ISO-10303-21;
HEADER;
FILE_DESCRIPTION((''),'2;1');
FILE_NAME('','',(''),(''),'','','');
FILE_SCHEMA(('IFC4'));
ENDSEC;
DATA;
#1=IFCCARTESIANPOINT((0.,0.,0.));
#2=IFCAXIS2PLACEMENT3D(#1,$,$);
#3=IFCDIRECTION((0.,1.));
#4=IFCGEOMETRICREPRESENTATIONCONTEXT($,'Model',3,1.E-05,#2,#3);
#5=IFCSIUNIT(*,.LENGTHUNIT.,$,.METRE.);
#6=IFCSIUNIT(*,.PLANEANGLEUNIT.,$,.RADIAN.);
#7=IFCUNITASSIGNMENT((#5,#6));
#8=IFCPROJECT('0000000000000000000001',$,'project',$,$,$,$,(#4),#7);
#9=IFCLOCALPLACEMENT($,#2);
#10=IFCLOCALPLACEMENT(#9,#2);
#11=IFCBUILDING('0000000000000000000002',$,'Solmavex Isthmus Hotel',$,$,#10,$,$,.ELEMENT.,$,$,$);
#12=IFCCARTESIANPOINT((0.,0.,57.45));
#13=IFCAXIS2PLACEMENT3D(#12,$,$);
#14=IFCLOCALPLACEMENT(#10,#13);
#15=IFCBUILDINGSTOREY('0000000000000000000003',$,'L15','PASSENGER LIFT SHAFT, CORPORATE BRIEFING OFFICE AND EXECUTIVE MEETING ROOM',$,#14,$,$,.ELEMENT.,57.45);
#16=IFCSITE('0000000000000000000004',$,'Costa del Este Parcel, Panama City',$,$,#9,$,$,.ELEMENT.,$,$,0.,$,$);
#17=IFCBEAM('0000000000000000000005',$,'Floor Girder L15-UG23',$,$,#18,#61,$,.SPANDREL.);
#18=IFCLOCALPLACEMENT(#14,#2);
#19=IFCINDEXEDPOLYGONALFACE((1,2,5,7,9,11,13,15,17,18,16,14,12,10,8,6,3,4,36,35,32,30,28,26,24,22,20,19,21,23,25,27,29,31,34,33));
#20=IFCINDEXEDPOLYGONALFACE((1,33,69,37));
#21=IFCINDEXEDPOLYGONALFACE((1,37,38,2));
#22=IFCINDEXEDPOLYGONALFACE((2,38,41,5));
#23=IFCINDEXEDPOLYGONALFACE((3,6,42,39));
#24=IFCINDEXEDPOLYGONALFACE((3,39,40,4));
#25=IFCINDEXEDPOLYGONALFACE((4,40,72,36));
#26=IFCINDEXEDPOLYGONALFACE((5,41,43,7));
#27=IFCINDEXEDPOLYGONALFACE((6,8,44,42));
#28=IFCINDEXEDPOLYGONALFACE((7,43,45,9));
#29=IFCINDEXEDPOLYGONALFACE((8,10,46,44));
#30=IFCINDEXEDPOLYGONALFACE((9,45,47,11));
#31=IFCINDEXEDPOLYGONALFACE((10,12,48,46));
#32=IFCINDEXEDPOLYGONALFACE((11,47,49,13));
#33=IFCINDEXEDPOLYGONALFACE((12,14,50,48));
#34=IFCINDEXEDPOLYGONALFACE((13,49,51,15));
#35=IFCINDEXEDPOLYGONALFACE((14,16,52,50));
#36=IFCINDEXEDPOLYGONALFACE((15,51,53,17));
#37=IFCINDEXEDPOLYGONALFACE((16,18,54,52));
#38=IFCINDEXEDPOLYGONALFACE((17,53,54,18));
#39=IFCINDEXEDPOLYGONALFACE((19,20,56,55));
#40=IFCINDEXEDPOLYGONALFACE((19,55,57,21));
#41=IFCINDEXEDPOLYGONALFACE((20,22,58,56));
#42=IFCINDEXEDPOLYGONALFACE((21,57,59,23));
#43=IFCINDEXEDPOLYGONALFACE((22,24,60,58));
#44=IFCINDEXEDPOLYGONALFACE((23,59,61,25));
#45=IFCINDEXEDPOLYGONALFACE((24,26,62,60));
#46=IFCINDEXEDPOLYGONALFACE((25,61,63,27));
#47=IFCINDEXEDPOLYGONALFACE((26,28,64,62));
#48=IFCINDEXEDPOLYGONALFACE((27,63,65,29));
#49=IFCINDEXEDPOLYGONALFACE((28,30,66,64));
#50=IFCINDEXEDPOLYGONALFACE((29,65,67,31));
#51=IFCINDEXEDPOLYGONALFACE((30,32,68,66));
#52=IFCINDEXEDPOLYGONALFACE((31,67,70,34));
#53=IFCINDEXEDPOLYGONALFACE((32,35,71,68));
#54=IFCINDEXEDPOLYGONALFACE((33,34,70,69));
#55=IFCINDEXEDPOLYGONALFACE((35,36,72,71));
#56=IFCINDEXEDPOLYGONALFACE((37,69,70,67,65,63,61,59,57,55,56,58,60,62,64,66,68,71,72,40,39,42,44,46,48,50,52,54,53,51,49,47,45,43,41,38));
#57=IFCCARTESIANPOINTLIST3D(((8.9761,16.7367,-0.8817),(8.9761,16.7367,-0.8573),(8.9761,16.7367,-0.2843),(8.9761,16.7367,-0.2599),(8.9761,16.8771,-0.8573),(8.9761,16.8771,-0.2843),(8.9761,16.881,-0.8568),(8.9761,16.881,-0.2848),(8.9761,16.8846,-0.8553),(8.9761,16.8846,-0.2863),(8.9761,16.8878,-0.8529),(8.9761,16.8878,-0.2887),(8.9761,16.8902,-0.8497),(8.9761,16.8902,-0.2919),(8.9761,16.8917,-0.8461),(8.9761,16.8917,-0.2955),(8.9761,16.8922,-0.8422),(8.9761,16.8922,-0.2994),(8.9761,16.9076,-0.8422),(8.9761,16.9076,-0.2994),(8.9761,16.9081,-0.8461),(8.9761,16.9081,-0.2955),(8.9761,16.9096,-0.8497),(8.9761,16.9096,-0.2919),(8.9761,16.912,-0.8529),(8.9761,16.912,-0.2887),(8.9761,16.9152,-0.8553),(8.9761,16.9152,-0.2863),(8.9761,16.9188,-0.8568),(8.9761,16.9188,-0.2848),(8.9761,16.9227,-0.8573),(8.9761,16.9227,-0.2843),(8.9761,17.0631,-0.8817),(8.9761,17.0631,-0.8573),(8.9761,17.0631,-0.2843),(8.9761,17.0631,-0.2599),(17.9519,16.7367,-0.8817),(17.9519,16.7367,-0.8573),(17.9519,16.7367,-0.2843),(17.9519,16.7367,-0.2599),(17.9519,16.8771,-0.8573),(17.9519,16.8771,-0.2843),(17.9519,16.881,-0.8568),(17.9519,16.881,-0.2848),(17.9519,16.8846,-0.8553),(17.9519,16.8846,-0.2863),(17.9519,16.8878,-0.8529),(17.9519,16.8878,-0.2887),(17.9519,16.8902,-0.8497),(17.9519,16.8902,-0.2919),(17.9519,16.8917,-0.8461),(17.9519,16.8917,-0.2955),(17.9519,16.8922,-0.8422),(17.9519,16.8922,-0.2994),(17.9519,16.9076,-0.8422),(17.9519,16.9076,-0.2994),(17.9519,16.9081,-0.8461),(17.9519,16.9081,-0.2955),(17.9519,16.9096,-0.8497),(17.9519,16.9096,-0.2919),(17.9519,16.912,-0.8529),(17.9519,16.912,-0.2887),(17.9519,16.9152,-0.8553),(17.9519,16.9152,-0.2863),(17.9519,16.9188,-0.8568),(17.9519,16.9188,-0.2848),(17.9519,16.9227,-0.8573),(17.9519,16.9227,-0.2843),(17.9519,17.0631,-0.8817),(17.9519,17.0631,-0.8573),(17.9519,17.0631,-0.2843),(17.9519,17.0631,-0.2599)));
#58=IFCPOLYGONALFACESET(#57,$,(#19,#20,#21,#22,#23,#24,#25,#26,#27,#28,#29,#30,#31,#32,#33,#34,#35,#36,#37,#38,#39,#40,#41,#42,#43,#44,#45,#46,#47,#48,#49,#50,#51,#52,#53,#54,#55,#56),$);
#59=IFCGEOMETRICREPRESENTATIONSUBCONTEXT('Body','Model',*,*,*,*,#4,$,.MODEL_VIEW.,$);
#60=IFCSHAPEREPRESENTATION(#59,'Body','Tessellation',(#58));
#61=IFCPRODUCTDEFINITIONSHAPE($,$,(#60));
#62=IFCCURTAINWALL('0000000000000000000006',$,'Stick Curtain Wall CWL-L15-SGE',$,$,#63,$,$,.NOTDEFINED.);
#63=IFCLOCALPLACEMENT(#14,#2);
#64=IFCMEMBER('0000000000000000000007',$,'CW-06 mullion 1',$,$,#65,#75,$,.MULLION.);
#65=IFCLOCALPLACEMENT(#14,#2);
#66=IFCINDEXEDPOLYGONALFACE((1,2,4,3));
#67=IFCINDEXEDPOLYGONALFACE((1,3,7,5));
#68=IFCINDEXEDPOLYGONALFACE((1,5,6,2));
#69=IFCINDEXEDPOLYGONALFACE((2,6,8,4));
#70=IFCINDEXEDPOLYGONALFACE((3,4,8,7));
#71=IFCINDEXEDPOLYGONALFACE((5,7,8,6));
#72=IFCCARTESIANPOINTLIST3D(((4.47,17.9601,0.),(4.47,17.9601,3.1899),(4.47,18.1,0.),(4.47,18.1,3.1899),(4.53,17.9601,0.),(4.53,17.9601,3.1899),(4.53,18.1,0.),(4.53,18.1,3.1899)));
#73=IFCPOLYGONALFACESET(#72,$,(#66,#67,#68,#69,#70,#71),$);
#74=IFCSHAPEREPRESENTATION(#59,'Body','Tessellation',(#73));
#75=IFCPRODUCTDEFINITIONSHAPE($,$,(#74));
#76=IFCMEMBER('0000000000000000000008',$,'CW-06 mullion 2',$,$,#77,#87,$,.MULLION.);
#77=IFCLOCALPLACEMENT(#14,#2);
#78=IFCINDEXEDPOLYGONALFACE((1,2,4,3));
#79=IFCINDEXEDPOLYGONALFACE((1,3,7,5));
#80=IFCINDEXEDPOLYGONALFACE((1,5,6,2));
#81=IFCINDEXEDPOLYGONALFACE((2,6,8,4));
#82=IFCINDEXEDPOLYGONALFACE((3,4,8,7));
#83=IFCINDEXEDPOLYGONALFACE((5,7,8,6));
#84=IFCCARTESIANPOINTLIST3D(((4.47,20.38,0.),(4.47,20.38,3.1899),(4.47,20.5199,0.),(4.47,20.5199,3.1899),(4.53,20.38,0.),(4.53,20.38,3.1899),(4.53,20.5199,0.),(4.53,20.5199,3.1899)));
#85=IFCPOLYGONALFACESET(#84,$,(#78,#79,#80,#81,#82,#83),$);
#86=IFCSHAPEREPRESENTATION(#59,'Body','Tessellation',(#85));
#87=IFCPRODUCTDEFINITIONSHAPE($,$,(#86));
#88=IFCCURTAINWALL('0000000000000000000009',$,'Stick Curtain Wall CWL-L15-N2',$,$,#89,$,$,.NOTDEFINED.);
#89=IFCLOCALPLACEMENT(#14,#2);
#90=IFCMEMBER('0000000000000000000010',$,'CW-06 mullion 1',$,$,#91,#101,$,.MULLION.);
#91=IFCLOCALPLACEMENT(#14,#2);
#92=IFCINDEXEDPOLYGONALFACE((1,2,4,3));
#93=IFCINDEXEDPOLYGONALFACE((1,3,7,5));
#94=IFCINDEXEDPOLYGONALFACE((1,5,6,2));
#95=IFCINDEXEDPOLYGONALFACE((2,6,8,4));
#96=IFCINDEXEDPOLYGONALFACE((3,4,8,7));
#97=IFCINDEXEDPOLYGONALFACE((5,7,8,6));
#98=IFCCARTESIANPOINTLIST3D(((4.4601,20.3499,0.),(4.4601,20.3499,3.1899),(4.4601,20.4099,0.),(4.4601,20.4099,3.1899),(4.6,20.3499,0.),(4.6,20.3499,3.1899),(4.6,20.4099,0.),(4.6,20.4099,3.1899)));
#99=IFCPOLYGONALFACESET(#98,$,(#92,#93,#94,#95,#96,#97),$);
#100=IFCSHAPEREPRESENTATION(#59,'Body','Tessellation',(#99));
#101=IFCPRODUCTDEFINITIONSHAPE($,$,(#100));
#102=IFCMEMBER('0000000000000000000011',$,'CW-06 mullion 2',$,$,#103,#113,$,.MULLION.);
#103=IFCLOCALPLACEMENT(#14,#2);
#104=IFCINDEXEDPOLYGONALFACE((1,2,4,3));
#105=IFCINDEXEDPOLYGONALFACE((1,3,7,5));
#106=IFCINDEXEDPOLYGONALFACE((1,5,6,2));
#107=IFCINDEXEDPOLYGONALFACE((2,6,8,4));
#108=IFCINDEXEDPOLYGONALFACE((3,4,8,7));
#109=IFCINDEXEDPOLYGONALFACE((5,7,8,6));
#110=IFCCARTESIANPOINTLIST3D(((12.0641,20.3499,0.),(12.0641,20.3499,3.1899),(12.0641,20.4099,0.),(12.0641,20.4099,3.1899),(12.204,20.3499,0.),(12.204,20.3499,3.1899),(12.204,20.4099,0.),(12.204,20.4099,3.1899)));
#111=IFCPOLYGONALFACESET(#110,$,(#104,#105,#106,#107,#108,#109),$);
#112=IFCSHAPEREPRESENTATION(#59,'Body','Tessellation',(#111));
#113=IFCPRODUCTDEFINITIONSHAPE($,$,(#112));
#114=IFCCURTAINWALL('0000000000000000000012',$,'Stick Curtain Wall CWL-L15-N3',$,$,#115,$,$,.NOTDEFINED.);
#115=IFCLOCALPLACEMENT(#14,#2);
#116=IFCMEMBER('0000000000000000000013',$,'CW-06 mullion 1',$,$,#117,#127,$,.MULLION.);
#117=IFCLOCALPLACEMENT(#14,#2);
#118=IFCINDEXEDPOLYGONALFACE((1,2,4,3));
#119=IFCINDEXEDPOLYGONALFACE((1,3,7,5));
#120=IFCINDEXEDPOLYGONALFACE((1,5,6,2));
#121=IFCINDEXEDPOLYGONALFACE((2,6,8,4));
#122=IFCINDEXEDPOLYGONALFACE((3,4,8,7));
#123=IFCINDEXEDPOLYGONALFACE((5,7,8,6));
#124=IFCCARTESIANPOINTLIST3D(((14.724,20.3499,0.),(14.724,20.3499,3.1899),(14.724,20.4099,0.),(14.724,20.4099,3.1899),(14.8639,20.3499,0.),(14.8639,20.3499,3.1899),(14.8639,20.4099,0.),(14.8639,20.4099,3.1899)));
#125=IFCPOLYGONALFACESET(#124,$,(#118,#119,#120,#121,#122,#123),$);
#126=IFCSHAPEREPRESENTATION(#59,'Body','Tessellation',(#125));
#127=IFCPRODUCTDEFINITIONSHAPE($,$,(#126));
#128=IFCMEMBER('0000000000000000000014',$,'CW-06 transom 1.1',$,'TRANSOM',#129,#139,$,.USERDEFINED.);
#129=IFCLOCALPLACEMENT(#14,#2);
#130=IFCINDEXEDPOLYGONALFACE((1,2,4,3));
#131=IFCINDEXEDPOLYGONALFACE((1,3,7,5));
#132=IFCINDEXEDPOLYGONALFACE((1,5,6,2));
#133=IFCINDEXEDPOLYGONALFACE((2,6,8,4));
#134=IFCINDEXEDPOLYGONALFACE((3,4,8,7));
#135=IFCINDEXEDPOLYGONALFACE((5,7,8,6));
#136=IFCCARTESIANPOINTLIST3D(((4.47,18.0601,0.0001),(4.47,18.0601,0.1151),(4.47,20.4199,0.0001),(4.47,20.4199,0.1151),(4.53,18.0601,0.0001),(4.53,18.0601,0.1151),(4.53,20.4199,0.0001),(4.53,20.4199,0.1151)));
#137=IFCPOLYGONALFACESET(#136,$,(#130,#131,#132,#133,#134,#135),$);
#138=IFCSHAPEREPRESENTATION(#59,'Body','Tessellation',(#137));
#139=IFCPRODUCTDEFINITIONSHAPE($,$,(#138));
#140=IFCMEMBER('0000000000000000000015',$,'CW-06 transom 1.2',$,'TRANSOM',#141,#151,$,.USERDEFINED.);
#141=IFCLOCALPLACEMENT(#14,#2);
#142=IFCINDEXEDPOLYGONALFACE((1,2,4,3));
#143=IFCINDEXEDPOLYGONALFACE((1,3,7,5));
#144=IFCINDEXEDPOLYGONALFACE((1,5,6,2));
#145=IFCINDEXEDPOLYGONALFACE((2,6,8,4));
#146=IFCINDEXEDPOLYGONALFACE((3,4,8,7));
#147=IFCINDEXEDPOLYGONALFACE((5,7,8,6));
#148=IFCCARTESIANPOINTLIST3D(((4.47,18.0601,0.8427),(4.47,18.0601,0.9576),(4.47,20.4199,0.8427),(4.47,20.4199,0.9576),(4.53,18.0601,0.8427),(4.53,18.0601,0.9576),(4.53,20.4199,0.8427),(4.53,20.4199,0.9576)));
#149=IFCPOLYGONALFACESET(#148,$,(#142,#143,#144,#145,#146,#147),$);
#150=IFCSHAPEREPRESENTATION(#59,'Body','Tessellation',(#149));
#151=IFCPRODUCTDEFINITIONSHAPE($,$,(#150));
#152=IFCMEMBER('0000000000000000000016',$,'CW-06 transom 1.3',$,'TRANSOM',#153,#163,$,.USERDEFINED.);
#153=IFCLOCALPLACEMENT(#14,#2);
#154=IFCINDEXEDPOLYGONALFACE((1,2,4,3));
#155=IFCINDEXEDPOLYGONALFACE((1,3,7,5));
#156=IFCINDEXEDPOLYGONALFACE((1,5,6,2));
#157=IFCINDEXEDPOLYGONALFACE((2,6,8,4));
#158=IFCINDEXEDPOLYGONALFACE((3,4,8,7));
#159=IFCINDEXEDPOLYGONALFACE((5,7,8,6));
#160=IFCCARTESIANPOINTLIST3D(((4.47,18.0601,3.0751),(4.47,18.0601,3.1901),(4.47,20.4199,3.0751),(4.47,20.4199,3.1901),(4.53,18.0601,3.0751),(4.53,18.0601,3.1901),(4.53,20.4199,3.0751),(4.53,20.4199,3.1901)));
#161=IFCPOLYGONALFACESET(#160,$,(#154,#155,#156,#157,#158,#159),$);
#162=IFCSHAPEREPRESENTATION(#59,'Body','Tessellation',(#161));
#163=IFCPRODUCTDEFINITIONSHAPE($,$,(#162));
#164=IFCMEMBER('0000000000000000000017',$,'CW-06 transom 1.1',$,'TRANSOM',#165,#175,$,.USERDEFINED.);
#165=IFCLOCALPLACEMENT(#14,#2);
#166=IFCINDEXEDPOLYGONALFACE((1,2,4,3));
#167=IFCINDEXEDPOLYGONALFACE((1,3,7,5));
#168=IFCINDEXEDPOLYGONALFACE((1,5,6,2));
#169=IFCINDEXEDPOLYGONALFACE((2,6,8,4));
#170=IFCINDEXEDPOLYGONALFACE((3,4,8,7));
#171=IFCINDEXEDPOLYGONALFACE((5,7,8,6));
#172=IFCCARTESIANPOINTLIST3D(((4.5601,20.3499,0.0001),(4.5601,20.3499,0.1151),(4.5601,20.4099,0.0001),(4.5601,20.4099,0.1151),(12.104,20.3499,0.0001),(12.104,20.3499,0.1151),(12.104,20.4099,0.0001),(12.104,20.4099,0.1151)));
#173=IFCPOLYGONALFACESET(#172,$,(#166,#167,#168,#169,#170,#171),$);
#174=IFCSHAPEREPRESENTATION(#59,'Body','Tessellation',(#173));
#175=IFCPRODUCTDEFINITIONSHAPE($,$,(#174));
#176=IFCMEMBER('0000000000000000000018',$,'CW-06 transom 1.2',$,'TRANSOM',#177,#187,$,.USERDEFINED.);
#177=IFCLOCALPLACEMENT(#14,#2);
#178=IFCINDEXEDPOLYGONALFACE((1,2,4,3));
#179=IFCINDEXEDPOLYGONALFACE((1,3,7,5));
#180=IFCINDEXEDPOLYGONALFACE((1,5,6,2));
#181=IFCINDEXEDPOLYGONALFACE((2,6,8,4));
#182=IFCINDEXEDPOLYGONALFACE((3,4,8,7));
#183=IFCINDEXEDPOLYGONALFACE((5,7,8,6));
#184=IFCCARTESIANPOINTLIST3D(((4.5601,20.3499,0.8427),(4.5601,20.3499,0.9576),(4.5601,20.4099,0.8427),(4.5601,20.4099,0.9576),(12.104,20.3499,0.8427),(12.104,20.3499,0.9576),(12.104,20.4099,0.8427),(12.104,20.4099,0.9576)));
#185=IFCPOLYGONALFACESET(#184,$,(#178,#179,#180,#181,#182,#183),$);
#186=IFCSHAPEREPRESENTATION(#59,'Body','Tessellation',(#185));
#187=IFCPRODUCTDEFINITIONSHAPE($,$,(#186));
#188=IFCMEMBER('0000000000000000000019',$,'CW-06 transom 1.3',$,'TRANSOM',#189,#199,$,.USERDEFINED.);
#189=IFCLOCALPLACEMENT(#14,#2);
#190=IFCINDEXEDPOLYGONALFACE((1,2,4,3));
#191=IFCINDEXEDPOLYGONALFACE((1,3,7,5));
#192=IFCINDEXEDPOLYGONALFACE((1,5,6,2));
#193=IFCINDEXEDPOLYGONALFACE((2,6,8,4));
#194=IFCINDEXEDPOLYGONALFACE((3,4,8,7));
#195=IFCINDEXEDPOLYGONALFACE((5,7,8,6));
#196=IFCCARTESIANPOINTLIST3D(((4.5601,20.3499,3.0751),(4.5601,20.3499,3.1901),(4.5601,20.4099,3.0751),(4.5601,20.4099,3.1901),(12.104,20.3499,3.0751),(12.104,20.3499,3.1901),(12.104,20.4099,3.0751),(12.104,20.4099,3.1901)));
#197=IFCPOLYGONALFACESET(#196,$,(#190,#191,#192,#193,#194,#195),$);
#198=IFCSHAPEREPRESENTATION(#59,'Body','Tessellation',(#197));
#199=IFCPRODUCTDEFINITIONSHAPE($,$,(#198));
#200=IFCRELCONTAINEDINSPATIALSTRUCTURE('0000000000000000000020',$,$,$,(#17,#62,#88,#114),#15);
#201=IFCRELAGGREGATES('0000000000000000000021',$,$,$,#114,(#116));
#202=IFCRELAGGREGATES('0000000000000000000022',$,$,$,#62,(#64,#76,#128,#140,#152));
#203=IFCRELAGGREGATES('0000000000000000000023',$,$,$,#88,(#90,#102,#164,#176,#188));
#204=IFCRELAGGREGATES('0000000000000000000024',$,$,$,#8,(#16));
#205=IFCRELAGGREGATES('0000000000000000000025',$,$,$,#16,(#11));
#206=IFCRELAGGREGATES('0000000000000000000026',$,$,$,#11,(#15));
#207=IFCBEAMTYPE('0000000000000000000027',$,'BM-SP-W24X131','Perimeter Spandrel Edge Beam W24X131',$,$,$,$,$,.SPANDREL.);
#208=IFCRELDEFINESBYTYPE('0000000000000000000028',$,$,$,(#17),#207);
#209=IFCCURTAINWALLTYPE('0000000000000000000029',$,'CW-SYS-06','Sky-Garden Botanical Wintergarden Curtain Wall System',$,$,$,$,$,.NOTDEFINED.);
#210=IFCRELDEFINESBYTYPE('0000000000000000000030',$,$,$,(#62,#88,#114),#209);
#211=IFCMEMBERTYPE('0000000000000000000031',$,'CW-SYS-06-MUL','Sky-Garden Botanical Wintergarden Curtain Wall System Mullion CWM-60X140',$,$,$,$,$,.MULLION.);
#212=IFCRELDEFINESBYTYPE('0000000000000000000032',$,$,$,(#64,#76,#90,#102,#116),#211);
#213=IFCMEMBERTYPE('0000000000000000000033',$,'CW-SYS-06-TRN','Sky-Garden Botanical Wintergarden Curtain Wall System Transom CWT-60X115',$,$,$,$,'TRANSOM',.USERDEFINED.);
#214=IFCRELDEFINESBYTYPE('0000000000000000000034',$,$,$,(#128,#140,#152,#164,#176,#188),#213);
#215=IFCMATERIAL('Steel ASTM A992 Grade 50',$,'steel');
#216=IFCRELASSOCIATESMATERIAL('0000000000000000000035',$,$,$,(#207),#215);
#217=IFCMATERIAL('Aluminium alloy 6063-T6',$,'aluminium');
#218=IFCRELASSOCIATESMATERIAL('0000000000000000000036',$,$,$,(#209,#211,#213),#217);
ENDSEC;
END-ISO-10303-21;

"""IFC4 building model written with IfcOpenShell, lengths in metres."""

from ifc_helpers import new_model, si_unit, direction, frame, origin, origin_2d, place, context, subcontext, project, spatial, rectangle, i_section, extrude, material, material_profile, profile_set, type_object, element, aggregate, save


model = new_model("IFC4")

# Units and contexts
model_context = context("Model", 3, precision=1e-05, world=origin(), true_north=direction((0.0, 1.0)))
body_context = subcontext(model_context, "Body", "Model", "MODEL_VIEW")
ifc_project = project(units=[si_unit("LENGTHUNIT", "METRE"), si_unit("PLANEANGLEUNIT", "RADIAN")], contexts=[model_context])

# Site, building, storey
site_placement = place(None, origin())
site = spatial("IfcSite", under=ifc_project, at=site_placement, Name="Costa del Este Parcel, Panama City", CompositionType="ELEMENT", RefElevation=0.0)
building_placement = place(site_placement, origin())
building = spatial("IfcBuilding", under=site, at=building_placement, Name="Solmavex Isthmus Hotel", CompositionType="ELEMENT")
storey_placement = place(building_placement, frame((0.0, 0.0, 57.45)))
storey = spatial("IfcBuildingStorey", under=building, at=storey_placement, Name="L15", Description="PASSENGER LIFT SHAFT, CORPORATE BRIEFING OFFICE AND EXECUTIVE MEETING ROOM", CompositionType="ELEMENT", Elevation=57.45)

# Beam
ifc_material_1 = material(Name="Steel ASTM A992 Grade 50", Category="steel")
ifc_material_profile_1 = material_profile(ifc_material_1, i_section(OverallWidth=0.3264, OverallDepth=0.6218, WebThickness=0.0154, FlangeThickness=0.0244, FilletRadius=0.0151, at=origin_2d()), Name="W24X131")
ifc_profile_set_1 = profile_set([ifc_material_profile_1], Name="Steel ASTM A992 Grade 50")
beam_type = type_object("IfcBeamType", Name="BM-SP-W24X131", Description="Perimeter Spandrel Edge Beam W24X131", PredefinedType="SPANDREL", material=ifc_profile_set_1)
beam_placement = place(storey_placement, frame((8.9761, 16.8999, -0.5708), z_axis=(1.0, 0.0, 0.0), x_axis=(0.0, 1.0, 0.0)))
element("IfcBeam", 1, at=beam_placement, inside=storey, type_object=beam_type, Name="Floor Girder L15-UG23", PredefinedType="SPANDREL", context=body_context, shape_type="SweptSolid", body=[
    extrude(i_section(OverallWidth=0.3264, OverallDepth=0.6218, WebThickness=0.0154, FlangeThickness=0.0244, FilletRadius=0.0151, at=origin_2d()), origin(), (0.0, 0.0, 1.0), 8.9758),
])

# Curtain walls, members
ifc_material_2 = material(Name="Aluminium alloy 6063-T6", Category="aluminium")
curtain_wall_type = type_object("IfcCurtainWallType", Name="CW-SYS-06", Description="Sky-Garden Botanical Wintergarden Curtain Wall System", PredefinedType="NOTDEFINED", material=ifc_material_2)
curtain_wall_1_placement = place(storey_placement, origin())
curtain_wall_1 = element("IfcCurtainWall", 2, at=curtain_wall_1_placement, inside=storey, type_object=curtain_wall_type, Name="Stick Curtain Wall CWL-L15-SGE", PredefinedType="NOTDEFINED")
ifc_material_profile_2 = material_profile(ifc_material_2, rectangle(XDim=0.0601, YDim=0.1399, at=origin_2d()), Name="CWM-60X140")
ifc_profile_set_2 = profile_set([ifc_material_profile_2], Name="Aluminium alloy 6063-T6")
member_type_1 = type_object("IfcMemberType", Name="CW-SYS-06-MUL", Description="Sky-Garden Botanical Wintergarden Curtain Wall System Mullion CWM-60X140", PredefinedType="MULLION", material=ifc_profile_set_2)
member_1_placement = place(storey_placement, frame((4.5, 18.03, 0.0), z_axis=(0.0, 0.0, 1.0), x_axis=(-1.0, 0.0, 0.0)))
member_1 = element("IfcMember", 3, at=member_1_placement, type_object=member_type_1, Name="CW-06 mullion 1", PredefinedType="MULLION", context=body_context, shape_type="SweptSolid", body=[
    extrude(rectangle(XDim=0.0601, YDim=0.1399, at=origin_2d()), origin(), (0.0, 0.0, 1.0), 3.1899),
])
member_2_placement = place(storey_placement, frame((4.5, 20.45, 0.0), z_axis=(0.0, 0.0, 1.0), x_axis=(-1.0, 0.0, 0.0)))
member_2 = element("IfcMember", 4, at=member_2_placement, type_object=member_type_1, Name="CW-06 mullion 2", PredefinedType="MULLION", context=body_context, shape_type="SweptSolid", body=[
    extrude(rectangle(XDim=0.0601, YDim=0.1399, at=origin_2d()), origin(), (0.0, 0.0, 1.0), 3.1899),
])
curtain_wall_2_placement = place(storey_placement, origin())
curtain_wall_2 = element("IfcCurtainWall", 5, at=curtain_wall_2_placement, inside=storey, type_object=curtain_wall_type, Name="Stick Curtain Wall CWL-L15-N2", PredefinedType="NOTDEFINED")
member_3_placement = place(storey_placement, frame((4.53, 20.3799, 0.0), z_axis=(0.0, 0.0, 1.0), x_axis=(0.0, 1.0, 0.0)))
member_3 = element("IfcMember", 6, at=member_3_placement, type_object=member_type_1, Name="CW-06 mullion 1", PredefinedType="MULLION", context=body_context, shape_type="SweptSolid", body=[
    extrude(rectangle(XDim=0.0601, YDim=0.1399, at=origin_2d()), origin(), (0.0, 0.0, 1.0), 3.1899),
])
member_4_placement = place(storey_placement, frame((12.134, 20.3799, 0.0), z_axis=(0.0, 0.0, 1.0), x_axis=(0.0, 1.0, 0.0)))
member_4 = element("IfcMember", 7, at=member_4_placement, type_object=member_type_1, Name="CW-06 mullion 2", PredefinedType="MULLION", context=body_context, shape_type="SweptSolid", body=[
    extrude(rectangle(XDim=0.0601, YDim=0.1399, at=origin_2d()), origin(), (0.0, 0.0, 1.0), 3.1899),
])

# Curtain wall, member
curtain_wall_3_placement = place(storey_placement, origin())
curtain_wall_3 = element("IfcCurtainWall", 8, at=curtain_wall_3_placement, inside=storey, type_object=curtain_wall_type, Name="Stick Curtain Wall CWL-L15-N3", PredefinedType="NOTDEFINED")
member_5_placement = place(storey_placement, frame((14.7939, 20.3799, 0.0), z_axis=(0.0, 0.0, 1.0), x_axis=(0.0, 1.0, 0.0)))
member_5 = element("IfcMember", 9, at=member_5_placement, type_object=member_type_1, Name="CW-06 mullion 1", PredefinedType="MULLION", context=body_context, shape_type="SweptSolid", body=[
    extrude(rectangle(XDim=0.0601, YDim=0.1399, at=origin_2d()), origin(), (0.0, 0.0, 1.0), 3.1899),
])

# Members
ifc_material_profile_3 = material_profile(ifc_material_2, rectangle(XDim=0.0601, YDim=0.115, at=origin_2d()), Name="CWT-60X115")
ifc_profile_set_3 = profile_set([ifc_material_profile_3], Name="Aluminium alloy 6063-T6")
member_type_2 = type_object("IfcMemberType", Name="CW-SYS-06-TRN", Description="Sky-Garden Botanical Wintergarden Curtain Wall System Transom CWT-60X115", ElementType="TRANSOM", PredefinedType="USERDEFINED", material=ifc_profile_set_3)
member_6_placement = place(storey_placement, frame((4.5, 18.0601, 0.0576), z_axis=(0.0, 1.0, 0.0), x_axis=(-1.0, 0.0, 0.0)))
member_6 = element("IfcMember", 10, at=member_6_placement, type_object=member_type_2, Name="CW-06 transom 1.1", ObjectType="TRANSOM", PredefinedType="USERDEFINED", context=body_context, shape_type="SweptSolid", body=[
    extrude(rectangle(XDim=0.0601, YDim=0.115, at=origin_2d()), origin(), (0.0, 0.0, 1.0), 2.3599),
])
member_7_placement = place(storey_placement, frame((4.5, 18.0601, 0.9001), z_axis=(0.0, 1.0, 0.0), x_axis=(-1.0, 0.0, 0.0)))
member_7 = element("IfcMember", 11, at=member_7_placement, type_object=member_type_2, Name="CW-06 transom 1.2", ObjectType="TRANSOM", PredefinedType="USERDEFINED", context=body_context, shape_type="SweptSolid", body=[
    extrude(rectangle(XDim=0.0601, YDim=0.115, at=origin_2d()), origin(), (0.0, 0.0, 1.0), 2.3599),
])
member_8_placement = place(storey_placement, frame((4.5, 18.0601, 3.1326), z_axis=(0.0, 1.0, 0.0), x_axis=(-1.0, 0.0, 0.0)))
member_8 = element("IfcMember", 12, at=member_8_placement, type_object=member_type_2, Name="CW-06 transom 1.3", ObjectType="TRANSOM", PredefinedType="USERDEFINED", context=body_context, shape_type="SweptSolid", body=[
    extrude(rectangle(XDim=0.0601, YDim=0.115, at=origin_2d()), origin(), (0.0, 0.0, 1.0), 2.3599),
])
member_9_placement = place(storey_placement, frame((4.5601, 20.3799, 0.0576), z_axis=(1.0, 0.0, 0.0), x_axis=(0.0, 1.0, 0.0)))
member_9 = element("IfcMember", 13, at=member_9_placement, type_object=member_type_2, Name="CW-06 transom 1.1", ObjectType="TRANSOM", PredefinedType="USERDEFINED", context=body_context, shape_type="SweptSolid", body=[
    extrude(rectangle(XDim=0.0601, YDim=0.115, at=origin_2d()), origin(), (0.0, 0.0, 1.0), 7.5439),
])
member_10_placement = place(storey_placement, frame((4.5601, 20.3799, 0.9001), z_axis=(1.0, 0.0, 0.0), x_axis=(0.0, 1.0, 0.0)))
member_10 = element("IfcMember", 14, at=member_10_placement, type_object=member_type_2, Name="CW-06 transom 1.2", ObjectType="TRANSOM", PredefinedType="USERDEFINED", context=body_context, shape_type="SweptSolid", body=[
    extrude(rectangle(XDim=0.0601, YDim=0.115, at=origin_2d()), origin(), (0.0, 0.0, 1.0), 7.5439),
])
member_11_placement = place(storey_placement, frame((4.5601, 20.3799, 3.1326), z_axis=(1.0, 0.0, 0.0), x_axis=(0.0, 1.0, 0.0)))
member_11 = element("IfcMember", 15, at=member_11_placement, type_object=member_type_2, Name="CW-06 transom 1.3", ObjectType="TRANSOM", PredefinedType="USERDEFINED", context=body_context, shape_type="SweptSolid", body=[
    extrude(rectangle(XDim=0.0601, YDim=0.115, at=origin_2d()), origin(), (0.0, 0.0, 1.0), 7.5439),
])
aggregate(curtain_wall_3, [member_5])

aggregate(curtain_wall_1, [member_1, member_2, member_6, member_7, member_8])
aggregate(curtain_wall_2, [member_3, member_4, member_9, member_10, member_11])

save(model, "model.ifc")
